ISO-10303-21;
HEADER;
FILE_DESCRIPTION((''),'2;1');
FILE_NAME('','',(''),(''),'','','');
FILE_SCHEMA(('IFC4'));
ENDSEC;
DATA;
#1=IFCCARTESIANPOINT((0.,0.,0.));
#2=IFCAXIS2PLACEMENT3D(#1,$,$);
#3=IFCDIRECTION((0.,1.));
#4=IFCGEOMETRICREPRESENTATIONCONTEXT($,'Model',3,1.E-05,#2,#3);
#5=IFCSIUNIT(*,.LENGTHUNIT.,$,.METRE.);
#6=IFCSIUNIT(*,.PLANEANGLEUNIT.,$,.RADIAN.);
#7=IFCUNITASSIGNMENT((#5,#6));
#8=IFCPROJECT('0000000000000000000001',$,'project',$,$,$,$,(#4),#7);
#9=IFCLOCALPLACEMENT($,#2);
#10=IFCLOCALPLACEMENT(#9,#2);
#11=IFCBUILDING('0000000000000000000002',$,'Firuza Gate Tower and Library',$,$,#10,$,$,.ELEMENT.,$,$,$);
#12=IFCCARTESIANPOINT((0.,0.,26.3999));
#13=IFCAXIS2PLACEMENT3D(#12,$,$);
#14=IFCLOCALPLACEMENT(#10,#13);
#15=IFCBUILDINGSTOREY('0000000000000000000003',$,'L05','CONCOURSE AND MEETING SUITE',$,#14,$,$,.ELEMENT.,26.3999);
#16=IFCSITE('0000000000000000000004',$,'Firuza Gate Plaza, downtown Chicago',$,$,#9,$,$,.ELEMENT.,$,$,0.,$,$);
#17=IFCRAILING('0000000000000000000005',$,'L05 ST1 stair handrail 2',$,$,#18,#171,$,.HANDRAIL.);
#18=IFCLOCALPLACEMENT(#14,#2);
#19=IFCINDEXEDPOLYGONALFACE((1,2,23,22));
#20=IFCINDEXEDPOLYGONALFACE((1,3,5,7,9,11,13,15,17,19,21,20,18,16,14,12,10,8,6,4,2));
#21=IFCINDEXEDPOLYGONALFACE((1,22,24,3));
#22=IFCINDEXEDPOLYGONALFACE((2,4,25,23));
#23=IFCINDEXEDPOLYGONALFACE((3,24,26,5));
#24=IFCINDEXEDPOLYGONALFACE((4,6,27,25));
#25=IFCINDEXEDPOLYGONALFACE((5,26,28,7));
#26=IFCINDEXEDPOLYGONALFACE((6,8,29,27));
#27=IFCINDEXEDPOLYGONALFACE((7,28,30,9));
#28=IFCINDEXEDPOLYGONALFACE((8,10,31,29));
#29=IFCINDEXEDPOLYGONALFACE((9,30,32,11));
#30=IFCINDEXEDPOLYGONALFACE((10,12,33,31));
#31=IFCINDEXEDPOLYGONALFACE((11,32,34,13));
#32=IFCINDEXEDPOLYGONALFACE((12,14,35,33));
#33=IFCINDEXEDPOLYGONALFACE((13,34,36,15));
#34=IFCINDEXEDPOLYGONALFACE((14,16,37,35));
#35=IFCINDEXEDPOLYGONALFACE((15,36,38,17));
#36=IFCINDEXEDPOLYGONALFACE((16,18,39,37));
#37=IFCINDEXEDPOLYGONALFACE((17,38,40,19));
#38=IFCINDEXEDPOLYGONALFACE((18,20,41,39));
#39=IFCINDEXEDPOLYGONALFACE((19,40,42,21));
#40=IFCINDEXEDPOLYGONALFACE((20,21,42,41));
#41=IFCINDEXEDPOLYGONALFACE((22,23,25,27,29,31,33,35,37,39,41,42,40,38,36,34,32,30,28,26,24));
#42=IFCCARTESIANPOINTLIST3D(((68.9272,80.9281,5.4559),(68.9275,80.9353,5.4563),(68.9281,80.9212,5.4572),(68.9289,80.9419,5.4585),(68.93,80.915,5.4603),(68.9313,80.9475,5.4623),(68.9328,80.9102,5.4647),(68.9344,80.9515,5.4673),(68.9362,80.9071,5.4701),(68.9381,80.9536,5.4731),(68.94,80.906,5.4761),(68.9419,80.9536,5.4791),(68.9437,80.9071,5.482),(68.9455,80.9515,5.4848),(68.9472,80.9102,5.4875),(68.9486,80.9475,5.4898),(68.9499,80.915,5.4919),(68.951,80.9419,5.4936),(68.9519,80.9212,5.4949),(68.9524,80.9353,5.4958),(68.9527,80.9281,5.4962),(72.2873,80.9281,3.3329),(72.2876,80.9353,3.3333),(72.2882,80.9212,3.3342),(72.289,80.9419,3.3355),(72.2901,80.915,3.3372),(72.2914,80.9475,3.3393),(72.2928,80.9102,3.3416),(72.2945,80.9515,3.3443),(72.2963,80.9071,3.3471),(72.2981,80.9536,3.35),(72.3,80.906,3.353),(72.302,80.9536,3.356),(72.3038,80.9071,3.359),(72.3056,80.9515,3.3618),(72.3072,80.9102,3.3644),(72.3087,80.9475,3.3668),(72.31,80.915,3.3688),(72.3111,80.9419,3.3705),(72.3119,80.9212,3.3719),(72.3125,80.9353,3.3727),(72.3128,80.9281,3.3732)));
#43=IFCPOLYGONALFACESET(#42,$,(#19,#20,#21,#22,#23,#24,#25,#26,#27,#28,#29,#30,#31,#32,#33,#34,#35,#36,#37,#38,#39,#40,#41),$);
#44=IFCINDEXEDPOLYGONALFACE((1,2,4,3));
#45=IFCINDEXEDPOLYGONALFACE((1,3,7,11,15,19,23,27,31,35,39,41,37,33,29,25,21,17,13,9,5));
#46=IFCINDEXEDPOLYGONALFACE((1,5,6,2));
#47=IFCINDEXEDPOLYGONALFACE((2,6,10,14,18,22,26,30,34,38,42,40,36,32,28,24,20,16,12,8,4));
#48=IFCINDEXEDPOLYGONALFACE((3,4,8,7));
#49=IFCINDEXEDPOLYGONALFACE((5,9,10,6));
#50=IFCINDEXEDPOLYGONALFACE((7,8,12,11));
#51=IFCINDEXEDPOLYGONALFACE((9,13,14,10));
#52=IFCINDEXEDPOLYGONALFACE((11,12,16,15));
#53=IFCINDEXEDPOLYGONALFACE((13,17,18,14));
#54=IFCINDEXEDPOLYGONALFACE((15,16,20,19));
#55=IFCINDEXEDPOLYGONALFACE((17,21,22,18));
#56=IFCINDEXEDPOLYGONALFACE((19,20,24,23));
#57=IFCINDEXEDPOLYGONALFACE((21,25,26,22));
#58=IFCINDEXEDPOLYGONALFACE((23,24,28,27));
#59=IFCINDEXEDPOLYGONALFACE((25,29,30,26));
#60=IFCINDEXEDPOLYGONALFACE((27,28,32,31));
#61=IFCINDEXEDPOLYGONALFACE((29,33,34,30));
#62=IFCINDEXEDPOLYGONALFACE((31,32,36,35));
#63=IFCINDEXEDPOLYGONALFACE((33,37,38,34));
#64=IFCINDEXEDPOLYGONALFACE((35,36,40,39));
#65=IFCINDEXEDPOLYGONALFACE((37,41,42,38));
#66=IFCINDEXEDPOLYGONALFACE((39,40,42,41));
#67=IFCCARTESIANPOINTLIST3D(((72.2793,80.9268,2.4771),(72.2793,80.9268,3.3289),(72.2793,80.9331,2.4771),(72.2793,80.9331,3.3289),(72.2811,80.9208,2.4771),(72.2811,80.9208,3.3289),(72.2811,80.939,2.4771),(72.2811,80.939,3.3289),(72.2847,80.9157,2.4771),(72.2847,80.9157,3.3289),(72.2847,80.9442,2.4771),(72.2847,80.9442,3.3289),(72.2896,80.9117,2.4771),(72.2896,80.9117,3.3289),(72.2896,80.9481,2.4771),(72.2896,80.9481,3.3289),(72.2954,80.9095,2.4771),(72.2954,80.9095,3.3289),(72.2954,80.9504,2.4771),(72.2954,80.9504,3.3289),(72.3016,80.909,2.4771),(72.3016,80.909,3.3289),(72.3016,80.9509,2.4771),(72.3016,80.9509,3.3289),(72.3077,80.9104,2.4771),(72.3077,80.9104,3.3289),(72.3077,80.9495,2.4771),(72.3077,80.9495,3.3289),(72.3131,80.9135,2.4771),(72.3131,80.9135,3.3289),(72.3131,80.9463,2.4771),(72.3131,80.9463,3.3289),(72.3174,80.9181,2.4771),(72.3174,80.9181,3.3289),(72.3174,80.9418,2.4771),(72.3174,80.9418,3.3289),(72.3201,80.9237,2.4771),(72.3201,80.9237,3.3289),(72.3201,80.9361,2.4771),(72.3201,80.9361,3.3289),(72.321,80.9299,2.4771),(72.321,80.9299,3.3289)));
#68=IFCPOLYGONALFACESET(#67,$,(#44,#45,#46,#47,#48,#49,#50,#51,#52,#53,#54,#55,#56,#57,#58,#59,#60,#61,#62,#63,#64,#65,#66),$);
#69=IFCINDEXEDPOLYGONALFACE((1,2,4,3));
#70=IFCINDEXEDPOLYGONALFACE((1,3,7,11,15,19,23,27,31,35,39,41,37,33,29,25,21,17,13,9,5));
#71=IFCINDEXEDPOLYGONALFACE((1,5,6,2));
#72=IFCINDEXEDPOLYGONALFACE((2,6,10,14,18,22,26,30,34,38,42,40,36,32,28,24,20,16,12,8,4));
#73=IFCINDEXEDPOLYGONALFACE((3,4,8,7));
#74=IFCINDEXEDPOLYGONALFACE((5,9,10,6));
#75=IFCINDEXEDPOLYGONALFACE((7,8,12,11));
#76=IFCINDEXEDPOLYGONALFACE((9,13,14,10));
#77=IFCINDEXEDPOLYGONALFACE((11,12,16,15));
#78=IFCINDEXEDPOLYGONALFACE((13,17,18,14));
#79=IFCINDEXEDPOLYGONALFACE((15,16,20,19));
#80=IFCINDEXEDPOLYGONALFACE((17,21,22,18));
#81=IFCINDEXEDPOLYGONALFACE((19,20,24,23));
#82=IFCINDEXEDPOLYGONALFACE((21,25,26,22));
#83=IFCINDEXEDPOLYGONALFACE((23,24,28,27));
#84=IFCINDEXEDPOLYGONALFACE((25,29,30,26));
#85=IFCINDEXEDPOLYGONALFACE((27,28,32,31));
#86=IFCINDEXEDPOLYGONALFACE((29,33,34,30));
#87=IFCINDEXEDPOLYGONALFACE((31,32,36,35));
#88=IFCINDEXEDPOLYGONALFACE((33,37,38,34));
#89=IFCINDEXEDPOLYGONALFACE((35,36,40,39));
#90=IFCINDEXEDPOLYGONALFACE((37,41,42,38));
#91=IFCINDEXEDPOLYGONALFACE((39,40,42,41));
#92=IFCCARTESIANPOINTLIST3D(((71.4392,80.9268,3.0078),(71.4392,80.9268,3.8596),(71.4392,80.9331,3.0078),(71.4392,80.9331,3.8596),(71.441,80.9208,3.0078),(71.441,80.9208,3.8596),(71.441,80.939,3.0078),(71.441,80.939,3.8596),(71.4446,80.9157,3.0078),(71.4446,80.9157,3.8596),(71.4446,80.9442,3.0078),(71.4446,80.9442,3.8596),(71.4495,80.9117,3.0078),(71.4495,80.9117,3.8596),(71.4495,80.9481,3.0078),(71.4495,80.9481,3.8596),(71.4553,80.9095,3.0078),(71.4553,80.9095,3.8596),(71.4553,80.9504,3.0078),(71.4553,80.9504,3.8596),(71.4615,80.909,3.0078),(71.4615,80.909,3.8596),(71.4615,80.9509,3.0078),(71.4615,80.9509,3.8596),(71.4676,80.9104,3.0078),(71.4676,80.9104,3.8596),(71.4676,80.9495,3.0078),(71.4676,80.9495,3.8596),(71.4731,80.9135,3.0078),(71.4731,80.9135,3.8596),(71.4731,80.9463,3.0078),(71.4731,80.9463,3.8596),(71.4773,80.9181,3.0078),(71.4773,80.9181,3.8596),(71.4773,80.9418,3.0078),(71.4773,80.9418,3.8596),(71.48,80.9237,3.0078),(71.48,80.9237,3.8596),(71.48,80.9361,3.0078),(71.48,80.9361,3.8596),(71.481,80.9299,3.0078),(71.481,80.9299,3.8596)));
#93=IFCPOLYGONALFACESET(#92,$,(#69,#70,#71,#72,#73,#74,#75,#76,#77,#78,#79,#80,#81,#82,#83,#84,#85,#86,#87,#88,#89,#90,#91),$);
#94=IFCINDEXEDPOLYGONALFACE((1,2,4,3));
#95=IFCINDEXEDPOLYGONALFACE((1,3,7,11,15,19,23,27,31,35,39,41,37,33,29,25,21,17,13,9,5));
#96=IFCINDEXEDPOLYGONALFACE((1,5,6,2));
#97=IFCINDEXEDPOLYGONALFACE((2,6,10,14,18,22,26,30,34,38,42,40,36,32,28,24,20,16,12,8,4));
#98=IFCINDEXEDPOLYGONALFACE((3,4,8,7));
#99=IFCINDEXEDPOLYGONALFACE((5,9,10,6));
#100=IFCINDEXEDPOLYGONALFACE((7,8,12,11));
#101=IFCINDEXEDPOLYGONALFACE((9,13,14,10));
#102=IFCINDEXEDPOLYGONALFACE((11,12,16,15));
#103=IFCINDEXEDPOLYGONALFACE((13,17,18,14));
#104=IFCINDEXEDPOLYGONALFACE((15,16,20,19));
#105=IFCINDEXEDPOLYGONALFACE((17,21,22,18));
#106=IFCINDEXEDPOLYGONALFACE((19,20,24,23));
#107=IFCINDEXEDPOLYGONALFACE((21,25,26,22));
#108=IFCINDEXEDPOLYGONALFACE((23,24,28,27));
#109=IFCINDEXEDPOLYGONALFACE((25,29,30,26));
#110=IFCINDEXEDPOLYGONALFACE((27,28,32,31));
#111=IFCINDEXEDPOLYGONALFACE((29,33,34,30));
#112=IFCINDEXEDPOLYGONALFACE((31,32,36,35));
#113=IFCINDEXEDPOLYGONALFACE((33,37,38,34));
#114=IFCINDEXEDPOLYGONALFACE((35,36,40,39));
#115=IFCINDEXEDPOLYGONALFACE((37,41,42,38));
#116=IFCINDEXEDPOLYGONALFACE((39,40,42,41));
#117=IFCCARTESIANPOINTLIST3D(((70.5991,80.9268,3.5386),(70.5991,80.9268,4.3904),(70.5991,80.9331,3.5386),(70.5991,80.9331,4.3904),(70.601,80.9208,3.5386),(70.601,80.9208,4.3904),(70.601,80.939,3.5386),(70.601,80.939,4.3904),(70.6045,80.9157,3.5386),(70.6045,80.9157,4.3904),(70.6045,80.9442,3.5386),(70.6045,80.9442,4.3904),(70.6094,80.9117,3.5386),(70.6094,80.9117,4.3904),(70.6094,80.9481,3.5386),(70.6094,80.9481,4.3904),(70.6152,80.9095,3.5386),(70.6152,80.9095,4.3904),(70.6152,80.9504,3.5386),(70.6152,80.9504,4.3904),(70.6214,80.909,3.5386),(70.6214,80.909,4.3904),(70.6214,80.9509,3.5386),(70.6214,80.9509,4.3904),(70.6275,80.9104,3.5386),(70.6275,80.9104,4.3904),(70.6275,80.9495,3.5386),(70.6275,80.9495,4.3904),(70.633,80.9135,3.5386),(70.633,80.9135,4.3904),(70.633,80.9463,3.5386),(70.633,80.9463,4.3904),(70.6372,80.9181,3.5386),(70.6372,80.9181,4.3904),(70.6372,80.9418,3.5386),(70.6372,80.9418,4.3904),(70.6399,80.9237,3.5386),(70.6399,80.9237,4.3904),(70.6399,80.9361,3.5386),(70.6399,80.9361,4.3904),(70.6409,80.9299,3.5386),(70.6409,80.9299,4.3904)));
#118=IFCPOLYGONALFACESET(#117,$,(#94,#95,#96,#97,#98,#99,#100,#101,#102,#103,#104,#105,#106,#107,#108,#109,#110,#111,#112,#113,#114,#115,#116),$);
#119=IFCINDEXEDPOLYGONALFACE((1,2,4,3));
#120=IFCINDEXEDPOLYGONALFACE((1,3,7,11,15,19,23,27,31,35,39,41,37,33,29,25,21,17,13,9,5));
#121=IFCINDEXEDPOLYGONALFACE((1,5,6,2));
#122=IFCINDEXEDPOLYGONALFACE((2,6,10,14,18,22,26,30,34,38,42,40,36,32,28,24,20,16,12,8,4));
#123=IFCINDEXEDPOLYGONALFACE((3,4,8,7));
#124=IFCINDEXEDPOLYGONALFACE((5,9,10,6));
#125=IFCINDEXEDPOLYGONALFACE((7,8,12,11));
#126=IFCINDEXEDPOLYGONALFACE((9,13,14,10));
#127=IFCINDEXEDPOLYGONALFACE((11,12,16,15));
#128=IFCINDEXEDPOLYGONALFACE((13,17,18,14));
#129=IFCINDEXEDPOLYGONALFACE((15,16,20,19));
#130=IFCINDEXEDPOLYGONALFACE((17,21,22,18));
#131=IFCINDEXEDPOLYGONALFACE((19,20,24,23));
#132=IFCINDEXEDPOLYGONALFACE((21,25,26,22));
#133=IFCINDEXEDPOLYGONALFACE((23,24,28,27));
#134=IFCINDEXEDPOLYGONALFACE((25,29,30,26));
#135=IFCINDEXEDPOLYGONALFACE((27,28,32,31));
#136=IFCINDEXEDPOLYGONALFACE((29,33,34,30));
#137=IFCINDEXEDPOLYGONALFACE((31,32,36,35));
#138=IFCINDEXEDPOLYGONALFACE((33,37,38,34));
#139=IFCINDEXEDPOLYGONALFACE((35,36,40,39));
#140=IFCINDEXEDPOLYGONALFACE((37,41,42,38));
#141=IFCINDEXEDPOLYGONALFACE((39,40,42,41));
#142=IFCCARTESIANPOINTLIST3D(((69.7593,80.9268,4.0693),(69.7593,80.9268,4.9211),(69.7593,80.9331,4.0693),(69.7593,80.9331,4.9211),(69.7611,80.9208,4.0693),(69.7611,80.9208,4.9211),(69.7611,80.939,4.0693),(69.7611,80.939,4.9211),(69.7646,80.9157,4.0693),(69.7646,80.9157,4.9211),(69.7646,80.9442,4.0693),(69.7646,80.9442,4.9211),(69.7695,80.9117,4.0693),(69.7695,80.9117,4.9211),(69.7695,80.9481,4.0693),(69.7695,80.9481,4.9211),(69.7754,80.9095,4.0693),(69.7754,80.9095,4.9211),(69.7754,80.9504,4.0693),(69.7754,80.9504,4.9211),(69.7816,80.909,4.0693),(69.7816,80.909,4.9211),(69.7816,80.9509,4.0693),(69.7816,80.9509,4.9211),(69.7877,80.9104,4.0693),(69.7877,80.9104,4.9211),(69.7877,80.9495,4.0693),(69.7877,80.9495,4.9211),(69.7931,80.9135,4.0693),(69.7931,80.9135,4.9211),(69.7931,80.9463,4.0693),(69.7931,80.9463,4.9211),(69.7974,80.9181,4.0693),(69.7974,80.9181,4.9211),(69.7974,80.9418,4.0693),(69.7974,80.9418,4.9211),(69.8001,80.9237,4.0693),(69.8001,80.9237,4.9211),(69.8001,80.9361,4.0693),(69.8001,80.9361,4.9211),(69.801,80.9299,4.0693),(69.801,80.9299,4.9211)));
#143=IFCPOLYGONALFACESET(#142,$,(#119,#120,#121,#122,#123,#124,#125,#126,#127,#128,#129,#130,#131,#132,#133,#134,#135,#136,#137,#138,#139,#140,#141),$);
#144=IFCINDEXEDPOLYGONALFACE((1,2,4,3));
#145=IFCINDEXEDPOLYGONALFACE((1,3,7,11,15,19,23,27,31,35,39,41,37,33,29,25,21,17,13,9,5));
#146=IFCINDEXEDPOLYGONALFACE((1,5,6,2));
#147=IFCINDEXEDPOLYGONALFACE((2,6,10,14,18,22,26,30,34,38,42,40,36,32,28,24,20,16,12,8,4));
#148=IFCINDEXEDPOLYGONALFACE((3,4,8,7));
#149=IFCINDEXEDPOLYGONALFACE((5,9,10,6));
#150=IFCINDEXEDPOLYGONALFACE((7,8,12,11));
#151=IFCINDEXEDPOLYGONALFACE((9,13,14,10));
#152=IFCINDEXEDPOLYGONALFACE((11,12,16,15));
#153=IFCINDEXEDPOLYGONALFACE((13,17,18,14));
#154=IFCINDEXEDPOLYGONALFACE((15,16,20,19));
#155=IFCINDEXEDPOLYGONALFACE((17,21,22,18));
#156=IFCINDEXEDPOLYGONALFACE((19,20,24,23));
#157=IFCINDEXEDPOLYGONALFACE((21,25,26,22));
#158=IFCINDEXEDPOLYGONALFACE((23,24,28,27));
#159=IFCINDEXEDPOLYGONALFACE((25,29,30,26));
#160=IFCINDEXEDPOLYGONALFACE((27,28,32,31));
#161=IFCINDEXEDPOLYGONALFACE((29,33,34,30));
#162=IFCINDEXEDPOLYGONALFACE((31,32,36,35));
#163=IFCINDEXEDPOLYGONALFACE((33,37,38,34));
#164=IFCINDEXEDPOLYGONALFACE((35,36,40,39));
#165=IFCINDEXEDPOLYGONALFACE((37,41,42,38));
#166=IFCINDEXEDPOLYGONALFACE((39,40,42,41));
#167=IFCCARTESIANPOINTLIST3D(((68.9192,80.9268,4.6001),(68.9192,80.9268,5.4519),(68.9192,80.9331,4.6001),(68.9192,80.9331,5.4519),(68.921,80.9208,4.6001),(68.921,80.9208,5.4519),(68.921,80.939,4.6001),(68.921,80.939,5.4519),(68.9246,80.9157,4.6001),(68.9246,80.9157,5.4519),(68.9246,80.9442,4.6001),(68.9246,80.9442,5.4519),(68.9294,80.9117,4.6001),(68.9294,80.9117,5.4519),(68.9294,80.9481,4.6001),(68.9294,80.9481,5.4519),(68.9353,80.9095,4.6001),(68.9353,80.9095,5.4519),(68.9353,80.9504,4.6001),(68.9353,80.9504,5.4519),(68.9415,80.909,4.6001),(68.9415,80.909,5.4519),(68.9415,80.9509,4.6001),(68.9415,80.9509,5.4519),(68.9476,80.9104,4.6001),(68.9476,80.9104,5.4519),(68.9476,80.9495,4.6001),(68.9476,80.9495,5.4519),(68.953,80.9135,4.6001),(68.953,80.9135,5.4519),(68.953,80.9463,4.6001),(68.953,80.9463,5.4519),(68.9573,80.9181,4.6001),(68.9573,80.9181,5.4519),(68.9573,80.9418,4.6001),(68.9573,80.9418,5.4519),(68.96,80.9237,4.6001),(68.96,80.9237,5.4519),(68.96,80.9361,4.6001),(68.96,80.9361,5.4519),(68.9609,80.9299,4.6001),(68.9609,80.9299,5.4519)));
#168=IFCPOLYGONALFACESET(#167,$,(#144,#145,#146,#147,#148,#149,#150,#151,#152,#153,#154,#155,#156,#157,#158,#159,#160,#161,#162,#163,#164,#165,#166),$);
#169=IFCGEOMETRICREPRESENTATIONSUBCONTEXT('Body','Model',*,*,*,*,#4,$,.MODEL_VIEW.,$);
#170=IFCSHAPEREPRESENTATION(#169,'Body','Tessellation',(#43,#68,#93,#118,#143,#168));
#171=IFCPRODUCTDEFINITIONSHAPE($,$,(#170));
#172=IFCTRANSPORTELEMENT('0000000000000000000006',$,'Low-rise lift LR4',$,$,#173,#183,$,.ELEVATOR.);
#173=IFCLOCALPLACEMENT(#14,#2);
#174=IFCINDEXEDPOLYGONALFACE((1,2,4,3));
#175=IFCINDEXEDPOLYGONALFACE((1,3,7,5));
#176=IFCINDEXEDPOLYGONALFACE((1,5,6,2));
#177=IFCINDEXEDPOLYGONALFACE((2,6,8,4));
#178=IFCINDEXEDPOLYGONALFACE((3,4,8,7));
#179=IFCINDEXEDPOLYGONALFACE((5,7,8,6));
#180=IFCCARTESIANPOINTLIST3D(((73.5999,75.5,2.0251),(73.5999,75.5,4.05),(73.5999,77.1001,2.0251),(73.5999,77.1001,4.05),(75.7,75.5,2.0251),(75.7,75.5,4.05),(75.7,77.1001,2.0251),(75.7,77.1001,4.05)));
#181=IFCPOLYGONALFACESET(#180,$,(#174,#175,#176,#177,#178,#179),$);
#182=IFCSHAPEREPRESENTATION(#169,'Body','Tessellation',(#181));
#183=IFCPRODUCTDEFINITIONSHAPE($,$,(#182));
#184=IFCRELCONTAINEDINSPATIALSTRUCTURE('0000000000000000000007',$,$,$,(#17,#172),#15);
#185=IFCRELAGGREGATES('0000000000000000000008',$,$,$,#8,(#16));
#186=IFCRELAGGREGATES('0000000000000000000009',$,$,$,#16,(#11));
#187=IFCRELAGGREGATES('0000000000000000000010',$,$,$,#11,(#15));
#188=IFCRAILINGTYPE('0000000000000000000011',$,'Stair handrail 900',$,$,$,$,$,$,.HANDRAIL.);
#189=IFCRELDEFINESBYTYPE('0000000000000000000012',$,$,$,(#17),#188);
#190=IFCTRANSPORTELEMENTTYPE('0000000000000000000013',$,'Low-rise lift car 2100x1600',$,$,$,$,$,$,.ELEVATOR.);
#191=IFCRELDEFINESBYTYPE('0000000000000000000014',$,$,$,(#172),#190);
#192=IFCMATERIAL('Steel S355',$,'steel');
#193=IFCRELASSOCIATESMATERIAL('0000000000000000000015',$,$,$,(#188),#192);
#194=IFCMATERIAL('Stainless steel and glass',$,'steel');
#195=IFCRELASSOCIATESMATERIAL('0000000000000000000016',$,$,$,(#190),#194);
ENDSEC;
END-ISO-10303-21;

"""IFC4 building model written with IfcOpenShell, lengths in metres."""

from ifc_helpers import new_model, si_unit, direction, frame, origin, origin_2d, place, context, subcontext, project, spatial, rectangle, circle, extrude, material, type_object, element, save


model = new_model("IFC4")

# Units and contexts
model_context = context("Model", 3, precision=1e-05, world=origin(), true_north=direction((0.0, 1.0)))
body_context = subcontext(model_context, "Body", "Model", "MODEL_VIEW")
ifc_project = project(units=[si_unit("LENGTHUNIT", "METRE"), si_unit("PLANEANGLEUNIT", "RADIAN")], contexts=[model_context])

# Site, building, storey
site_placement = place(None, origin())
site = spatial("IfcSite", under=ifc_project, at=site_placement, Name="Firuza Gate Plaza, downtown Chicago", CompositionType="ELEMENT", RefElevation=0.0)
building_placement = place(site_placement, origin())
building = spatial("IfcBuilding", under=site, at=building_placement, Name="Firuza Gate Tower and Library", CompositionType="ELEMENT")
storey_placement = place(building_placement, frame((0.0, 0.0, 26.3999)))
storey = spatial("IfcBuildingStorey", under=building, at=storey_placement, Name="L05", Description="CONCOURSE AND MEETING SUITE", CompositionType="ELEMENT", Elevation=26.3999)

# Railing
ifc_material_1 = material(Name="Steel S355", Category="steel")
railing_type_1 = type_object("IfcRailingType", Name="Stair handrail 900", PredefinedType="HANDRAIL", material=ifc_material_1)
railing_1_placement = place(storey_placement, frame((72.3, 80.9299, 2.4771)))
element("IfcRailing", 1, at=railing_1_placement, inside=storey, type_object=railing_type_1, Name="L05 ST1 stair handrail 2", PredefinedType="HANDRAIL", context=body_context, shape_type="SweptSolid", body=[
    extrude(circle(Radius=0.0239, at=origin_2d()), frame((0.0, 0.0, 0.876), z_axis=(-0.84539, 0.0, 0.53415), x_axis=(0.0, -1.0, 0.0)), (0.0, 0.0, 1.0), 3.9746),
    extrude(circle(Radius=0.021, at=origin_2d()), origin(), (0.0, 0.0, 1.0), 0.8518),
    extrude(circle(Radius=0.021, at=origin_2d()), frame((-0.8401, 0.0, 0.5308)), (0.0, 0.0, 1.0), 0.8518),
    extrude(circle(Radius=0.021, at=origin_2d()), frame((-1.6802, 0.0, 1.0615)), (0.0, 0.0, 1.0), 0.8518),
    extrude(circle(Radius=0.021, at=origin_2d()), frame((-2.52, 0.0, 1.5923)), (0.0, 0.0, 1.0), 0.8518),
    extrude(circle(Radius=0.021, at=origin_2d()), frame((-3.3601, 0.0, 2.123)), (0.0, 0.0, 1.0), 0.8518),
])

# Transport element
ifc_material_2 = material(Name="Stainless steel and glass", Category="steel")
transport_element_type = type_object("IfcTransportElementType", Name="Low-rise lift car 2100x1600", PredefinedType="ELEVATOR", material=ifc_material_2)
transport_element_placement = place(storey_placement, frame((74.6499, 76.3, 2.0251), z_axis=(0.0, 0.0, 1.0), x_axis=(1.0, 0.0, 0.0)))
element("IfcTransportElement", 2, at=transport_element_placement, inside=storey, type_object=transport_element_type, Name="Low-rise lift LR4", PredefinedType="ELEVATOR", context=body_context, shape_type="SweptSolid", body=[
    extrude(rectangle(XDim=2.1001, YDim=1.6001, at=origin_2d()), origin(), (0.0, 0.0, 1.0), 2.0249),
])

save(model, "model.ifc")
